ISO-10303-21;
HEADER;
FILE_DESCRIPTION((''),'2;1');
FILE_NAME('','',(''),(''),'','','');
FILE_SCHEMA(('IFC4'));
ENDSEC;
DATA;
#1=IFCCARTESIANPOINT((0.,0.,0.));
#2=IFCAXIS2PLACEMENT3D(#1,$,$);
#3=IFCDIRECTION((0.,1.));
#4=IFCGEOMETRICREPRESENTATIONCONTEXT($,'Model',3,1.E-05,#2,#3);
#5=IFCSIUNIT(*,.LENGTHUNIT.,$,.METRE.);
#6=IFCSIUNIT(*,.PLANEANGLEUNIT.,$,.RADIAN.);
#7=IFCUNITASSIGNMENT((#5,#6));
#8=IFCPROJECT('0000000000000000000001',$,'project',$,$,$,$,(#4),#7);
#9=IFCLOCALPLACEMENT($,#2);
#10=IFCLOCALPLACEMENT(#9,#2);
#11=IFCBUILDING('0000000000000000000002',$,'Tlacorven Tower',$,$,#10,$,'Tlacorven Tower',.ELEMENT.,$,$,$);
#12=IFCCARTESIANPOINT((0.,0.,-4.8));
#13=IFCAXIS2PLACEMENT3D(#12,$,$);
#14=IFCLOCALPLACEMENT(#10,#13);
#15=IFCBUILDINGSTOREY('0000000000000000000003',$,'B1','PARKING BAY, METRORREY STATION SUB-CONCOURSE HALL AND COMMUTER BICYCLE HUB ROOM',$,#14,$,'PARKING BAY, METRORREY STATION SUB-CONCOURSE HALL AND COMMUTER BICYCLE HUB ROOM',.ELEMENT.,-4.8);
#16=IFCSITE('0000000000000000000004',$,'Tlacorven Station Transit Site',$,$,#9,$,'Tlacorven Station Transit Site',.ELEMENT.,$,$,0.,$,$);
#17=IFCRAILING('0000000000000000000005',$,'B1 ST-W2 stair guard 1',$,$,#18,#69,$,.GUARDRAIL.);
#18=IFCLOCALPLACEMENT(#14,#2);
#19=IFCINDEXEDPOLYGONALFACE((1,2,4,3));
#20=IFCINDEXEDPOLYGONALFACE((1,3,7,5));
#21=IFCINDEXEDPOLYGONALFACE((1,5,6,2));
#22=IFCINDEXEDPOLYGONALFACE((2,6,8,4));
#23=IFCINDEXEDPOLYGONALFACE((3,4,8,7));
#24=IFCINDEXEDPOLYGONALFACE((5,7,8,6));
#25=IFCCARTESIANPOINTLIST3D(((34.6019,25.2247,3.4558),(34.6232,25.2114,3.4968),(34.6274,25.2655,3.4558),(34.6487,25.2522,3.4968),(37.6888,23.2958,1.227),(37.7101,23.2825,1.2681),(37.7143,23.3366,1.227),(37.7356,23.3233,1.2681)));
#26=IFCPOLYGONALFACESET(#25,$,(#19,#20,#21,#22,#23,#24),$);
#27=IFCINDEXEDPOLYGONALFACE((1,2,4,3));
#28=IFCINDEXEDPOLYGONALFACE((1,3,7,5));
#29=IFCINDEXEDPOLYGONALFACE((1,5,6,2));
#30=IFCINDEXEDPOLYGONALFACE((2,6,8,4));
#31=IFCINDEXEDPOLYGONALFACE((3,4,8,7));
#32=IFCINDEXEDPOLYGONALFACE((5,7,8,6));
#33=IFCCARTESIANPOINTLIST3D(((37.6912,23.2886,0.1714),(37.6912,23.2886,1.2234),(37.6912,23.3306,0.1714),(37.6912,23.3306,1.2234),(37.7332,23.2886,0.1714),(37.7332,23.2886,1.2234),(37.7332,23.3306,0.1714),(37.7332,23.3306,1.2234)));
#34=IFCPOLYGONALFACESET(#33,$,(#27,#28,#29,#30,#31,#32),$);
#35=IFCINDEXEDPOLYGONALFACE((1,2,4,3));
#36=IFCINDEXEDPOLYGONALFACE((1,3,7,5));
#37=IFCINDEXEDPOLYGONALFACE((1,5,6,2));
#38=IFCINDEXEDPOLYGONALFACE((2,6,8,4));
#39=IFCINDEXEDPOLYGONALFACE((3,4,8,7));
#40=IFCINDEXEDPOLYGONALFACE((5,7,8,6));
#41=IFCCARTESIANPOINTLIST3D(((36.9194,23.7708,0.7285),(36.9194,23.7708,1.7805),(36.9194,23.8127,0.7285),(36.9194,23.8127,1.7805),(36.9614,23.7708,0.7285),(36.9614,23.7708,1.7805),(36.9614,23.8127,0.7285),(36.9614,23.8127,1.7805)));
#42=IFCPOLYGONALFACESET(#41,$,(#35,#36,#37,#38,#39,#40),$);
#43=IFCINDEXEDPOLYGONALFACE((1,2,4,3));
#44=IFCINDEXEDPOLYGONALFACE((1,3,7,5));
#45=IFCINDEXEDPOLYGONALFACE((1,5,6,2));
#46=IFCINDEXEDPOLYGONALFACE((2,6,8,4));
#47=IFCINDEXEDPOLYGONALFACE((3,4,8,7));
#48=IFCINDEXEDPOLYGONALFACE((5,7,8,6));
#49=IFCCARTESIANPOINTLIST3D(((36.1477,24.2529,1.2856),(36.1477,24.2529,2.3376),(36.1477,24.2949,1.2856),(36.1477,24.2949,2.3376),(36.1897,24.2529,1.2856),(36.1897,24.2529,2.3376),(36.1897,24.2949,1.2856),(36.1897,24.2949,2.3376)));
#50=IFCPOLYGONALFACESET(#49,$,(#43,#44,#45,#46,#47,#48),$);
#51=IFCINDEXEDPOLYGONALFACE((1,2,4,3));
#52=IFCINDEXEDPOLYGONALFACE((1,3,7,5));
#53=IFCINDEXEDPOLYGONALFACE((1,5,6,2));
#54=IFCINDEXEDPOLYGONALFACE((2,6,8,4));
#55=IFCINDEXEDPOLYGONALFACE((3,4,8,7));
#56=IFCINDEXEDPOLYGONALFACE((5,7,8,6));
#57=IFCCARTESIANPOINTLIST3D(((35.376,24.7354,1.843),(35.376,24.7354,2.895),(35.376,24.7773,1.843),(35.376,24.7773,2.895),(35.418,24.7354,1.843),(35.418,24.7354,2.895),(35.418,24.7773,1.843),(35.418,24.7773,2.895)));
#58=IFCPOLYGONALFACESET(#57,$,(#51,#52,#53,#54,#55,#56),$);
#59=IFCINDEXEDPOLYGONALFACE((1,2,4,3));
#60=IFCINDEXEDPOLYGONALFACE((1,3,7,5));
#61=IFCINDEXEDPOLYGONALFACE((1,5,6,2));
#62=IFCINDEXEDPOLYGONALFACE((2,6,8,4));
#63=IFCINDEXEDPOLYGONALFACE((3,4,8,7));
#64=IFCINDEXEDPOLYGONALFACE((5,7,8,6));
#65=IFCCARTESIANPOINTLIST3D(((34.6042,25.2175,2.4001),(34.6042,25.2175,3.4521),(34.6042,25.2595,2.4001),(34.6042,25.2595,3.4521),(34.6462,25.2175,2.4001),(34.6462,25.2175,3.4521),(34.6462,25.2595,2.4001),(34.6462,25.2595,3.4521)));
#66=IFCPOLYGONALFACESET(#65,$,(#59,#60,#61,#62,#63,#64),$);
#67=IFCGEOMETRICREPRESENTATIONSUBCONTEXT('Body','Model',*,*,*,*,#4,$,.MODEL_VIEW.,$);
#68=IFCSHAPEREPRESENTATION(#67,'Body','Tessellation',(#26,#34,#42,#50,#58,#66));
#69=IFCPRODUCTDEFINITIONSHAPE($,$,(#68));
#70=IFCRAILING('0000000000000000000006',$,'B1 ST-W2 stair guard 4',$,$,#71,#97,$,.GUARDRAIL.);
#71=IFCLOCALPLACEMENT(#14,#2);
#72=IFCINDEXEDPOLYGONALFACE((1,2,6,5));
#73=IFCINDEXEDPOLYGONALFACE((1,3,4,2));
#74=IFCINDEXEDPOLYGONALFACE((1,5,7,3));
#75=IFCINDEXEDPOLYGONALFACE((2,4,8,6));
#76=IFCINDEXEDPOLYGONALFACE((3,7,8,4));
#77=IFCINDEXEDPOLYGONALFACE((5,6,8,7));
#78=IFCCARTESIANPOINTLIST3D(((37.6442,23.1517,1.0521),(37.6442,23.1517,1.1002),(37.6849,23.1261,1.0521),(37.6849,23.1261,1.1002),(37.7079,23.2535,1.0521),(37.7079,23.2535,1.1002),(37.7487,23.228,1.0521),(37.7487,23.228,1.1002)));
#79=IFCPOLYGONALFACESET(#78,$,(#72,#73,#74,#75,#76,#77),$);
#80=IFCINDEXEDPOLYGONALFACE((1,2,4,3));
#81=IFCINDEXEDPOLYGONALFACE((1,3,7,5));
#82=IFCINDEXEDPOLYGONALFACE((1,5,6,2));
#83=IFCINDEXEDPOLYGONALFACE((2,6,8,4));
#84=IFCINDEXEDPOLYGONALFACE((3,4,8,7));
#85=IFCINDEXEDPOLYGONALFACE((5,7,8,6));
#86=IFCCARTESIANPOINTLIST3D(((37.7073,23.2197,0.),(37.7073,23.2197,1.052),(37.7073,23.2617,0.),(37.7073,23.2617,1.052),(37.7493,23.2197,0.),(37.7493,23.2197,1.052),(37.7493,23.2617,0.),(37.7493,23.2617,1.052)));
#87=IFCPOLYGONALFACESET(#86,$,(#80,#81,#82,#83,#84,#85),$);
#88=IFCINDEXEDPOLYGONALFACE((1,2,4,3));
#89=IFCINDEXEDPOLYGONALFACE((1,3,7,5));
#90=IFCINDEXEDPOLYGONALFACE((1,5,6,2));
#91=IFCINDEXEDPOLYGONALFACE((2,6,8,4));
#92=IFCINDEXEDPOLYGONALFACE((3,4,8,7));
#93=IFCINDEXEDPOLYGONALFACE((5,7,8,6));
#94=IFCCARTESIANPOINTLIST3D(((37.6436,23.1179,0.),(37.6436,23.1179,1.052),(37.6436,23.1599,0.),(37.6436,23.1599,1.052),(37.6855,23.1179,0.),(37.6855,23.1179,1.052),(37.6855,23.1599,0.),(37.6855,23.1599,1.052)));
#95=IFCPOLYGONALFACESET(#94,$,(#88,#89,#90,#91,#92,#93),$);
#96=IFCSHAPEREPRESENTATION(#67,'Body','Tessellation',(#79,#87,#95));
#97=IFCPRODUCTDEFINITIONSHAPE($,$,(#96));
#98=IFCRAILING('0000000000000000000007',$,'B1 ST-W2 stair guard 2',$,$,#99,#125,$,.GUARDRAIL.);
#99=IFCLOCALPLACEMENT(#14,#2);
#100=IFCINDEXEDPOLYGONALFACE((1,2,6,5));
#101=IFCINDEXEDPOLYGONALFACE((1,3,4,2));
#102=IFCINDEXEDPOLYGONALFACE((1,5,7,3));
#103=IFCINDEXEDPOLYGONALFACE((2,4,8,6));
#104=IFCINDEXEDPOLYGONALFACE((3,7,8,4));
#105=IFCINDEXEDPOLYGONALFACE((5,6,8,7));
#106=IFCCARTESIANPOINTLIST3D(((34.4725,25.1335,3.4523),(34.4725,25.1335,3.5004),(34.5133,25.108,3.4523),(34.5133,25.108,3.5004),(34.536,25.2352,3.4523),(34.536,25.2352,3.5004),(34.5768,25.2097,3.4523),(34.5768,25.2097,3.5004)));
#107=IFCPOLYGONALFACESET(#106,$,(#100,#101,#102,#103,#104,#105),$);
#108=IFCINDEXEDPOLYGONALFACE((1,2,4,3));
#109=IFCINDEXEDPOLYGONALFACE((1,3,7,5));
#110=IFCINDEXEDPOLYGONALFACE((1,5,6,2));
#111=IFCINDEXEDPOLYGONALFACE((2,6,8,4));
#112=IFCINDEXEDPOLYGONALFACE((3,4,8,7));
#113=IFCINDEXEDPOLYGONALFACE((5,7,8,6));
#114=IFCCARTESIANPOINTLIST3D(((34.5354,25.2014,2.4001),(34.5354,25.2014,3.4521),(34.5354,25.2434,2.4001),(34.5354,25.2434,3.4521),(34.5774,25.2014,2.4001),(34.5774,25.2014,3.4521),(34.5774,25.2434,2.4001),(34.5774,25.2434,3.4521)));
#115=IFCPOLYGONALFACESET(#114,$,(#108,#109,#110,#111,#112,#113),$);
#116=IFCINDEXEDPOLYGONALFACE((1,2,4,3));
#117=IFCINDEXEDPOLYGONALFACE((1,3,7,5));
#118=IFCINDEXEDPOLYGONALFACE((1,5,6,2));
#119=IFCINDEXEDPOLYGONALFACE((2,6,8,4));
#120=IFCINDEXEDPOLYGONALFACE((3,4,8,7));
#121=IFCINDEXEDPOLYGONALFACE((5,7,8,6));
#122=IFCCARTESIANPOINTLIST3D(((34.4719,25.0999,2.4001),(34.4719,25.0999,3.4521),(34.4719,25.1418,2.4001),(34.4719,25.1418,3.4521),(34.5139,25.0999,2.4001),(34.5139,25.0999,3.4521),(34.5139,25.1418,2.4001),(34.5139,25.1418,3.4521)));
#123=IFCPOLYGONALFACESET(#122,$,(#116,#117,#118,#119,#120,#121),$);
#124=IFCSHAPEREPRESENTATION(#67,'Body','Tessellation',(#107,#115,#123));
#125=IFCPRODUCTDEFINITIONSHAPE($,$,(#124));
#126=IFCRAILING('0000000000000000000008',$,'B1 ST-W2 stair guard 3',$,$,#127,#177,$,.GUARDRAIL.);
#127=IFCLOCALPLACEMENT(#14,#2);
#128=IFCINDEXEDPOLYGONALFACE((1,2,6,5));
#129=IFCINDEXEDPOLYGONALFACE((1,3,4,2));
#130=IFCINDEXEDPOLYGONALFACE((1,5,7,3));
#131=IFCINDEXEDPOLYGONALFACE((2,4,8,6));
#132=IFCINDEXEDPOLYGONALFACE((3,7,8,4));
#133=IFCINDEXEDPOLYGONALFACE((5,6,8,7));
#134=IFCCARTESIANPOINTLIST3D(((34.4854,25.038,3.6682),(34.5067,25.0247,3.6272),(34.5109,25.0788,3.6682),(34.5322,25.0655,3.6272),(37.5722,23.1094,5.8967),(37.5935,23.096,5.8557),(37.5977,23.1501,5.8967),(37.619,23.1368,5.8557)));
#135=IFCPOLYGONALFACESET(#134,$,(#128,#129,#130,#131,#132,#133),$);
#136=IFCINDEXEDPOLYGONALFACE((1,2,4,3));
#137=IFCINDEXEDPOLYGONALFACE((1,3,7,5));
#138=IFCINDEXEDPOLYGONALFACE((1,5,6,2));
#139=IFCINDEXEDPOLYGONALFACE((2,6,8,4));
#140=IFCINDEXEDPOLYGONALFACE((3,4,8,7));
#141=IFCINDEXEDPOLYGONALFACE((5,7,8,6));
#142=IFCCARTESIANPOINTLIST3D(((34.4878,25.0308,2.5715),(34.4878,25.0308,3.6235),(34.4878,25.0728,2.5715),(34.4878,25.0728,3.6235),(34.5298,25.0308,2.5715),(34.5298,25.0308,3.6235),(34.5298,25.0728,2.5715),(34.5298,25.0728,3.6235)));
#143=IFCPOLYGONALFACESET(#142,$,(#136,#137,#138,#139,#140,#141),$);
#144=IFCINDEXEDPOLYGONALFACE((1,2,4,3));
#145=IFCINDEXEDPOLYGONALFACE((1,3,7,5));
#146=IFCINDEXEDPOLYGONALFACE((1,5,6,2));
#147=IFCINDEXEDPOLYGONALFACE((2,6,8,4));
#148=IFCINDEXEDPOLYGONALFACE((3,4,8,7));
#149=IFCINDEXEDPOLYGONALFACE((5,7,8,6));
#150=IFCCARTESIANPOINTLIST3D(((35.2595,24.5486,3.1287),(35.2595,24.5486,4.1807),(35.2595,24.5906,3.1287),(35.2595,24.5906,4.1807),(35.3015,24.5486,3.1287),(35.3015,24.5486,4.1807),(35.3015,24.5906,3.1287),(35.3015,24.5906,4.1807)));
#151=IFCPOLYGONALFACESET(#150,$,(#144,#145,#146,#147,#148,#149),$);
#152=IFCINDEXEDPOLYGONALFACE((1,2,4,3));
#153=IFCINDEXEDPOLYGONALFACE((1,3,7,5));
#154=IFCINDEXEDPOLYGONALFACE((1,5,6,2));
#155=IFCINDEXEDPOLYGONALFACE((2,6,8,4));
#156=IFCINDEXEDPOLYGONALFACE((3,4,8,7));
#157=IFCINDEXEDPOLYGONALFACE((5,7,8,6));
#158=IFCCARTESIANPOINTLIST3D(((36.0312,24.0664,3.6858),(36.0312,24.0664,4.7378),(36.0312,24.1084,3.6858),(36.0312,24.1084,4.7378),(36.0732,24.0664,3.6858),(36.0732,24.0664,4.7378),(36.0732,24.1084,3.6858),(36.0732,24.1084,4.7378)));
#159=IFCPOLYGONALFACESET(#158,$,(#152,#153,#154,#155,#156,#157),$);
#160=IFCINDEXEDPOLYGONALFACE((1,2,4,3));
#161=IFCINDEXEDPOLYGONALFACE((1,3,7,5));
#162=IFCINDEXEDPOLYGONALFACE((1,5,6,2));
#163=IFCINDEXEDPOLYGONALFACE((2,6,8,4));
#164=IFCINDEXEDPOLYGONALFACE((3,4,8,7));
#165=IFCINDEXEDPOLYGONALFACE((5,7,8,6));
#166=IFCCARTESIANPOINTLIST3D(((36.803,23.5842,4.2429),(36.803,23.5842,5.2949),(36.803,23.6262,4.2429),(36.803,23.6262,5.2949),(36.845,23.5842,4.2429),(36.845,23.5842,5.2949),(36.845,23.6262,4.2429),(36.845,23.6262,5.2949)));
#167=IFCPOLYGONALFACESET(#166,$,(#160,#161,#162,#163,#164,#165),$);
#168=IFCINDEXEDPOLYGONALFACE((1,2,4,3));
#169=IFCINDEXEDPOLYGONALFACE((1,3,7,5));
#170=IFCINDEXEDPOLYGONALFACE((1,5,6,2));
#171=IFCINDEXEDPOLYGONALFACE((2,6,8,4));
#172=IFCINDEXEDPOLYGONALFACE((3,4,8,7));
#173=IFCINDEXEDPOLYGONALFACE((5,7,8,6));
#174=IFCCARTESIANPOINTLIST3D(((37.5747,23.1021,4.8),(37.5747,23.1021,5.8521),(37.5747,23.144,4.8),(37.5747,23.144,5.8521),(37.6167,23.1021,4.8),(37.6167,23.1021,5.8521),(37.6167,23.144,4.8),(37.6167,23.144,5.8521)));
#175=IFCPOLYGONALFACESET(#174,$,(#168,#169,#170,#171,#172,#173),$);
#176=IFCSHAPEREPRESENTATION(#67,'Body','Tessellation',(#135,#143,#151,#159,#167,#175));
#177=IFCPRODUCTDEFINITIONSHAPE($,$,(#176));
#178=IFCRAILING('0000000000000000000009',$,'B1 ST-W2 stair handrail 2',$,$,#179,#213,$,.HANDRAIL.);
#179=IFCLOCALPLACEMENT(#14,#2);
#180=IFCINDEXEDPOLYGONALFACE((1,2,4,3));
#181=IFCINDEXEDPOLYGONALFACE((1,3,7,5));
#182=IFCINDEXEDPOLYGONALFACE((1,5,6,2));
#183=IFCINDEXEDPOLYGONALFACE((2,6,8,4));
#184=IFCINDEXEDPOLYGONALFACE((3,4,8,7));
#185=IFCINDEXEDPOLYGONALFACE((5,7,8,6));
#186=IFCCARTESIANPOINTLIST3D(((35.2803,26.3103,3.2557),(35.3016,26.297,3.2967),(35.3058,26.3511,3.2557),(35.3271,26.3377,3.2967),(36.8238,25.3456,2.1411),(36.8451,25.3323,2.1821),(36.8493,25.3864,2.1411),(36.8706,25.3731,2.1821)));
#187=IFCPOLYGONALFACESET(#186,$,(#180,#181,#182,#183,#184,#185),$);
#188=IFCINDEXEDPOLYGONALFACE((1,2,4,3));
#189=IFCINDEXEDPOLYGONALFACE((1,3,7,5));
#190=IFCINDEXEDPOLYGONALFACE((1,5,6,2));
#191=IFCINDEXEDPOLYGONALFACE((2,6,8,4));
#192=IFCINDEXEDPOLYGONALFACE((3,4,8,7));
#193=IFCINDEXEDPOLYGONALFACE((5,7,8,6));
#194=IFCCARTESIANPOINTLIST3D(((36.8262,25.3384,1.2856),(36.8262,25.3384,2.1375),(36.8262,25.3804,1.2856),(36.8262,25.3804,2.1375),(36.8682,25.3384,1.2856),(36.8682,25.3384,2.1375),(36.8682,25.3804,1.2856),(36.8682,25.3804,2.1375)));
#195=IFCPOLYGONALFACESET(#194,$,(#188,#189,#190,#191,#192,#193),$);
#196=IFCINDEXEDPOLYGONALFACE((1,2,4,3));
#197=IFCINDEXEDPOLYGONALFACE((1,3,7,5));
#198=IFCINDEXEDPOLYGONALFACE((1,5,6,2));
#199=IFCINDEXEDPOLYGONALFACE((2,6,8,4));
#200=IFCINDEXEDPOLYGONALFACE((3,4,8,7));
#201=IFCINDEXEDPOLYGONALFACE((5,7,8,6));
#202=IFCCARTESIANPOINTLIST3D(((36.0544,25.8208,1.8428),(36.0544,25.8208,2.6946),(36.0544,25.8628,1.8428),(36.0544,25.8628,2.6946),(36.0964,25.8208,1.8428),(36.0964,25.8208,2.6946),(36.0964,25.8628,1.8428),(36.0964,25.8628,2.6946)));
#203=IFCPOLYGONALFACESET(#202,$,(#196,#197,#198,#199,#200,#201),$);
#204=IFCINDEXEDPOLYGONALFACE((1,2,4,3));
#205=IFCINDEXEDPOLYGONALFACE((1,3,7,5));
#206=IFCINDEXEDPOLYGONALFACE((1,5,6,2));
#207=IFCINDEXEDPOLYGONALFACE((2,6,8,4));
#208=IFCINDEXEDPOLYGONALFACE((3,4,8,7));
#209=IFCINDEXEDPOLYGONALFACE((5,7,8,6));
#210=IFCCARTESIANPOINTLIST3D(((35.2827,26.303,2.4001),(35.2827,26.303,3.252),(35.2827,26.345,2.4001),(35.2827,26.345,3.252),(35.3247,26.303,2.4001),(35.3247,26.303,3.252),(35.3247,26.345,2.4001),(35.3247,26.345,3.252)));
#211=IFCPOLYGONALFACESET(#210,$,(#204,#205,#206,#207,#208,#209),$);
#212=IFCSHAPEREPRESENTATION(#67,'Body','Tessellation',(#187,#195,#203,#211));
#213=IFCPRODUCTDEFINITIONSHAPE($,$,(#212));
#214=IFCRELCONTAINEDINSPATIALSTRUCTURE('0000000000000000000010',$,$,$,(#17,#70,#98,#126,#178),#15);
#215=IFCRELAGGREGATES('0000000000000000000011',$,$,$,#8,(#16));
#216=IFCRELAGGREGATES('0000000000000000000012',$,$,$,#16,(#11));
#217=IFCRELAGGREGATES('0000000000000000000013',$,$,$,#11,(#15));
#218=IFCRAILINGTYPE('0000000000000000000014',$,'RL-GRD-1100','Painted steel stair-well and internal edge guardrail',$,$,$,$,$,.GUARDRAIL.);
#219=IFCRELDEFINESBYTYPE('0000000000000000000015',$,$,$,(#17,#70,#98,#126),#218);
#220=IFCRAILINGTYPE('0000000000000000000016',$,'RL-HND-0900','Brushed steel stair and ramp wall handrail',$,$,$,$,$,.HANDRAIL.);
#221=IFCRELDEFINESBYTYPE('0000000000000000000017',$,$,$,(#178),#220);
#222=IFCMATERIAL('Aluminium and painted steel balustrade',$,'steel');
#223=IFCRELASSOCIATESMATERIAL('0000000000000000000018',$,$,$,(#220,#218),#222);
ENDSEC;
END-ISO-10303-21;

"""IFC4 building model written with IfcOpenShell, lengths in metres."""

from ifc_helpers import new_model, si_unit, direction, frame, origin, origin_2d, place, context, subcontext, project, spatial, rectangle, extrude, source, transform, mapped, material, type_object, element, save


model = new_model("IFC4")

# Units and contexts
model_context = context("Model", 3, precision=1e-05, world=origin(), true_north=direction((0.0, 1.0)))
body_context = subcontext(model_context, "Body", "Model", "MODEL_VIEW")
ifc_project = project(units=[si_unit("LENGTHUNIT", "METRE"), si_unit("PLANEANGLEUNIT", "RADIAN")], contexts=[model_context])

# Site, building, storey
site_placement = place(None, origin())
site = spatial("IfcSite", under=ifc_project, at=site_placement, Name="Tlacorven Station Transit Site", LongName="Tlacorven Station Transit Site", CompositionType="ELEMENT", RefElevation=0.0)
building_placement = place(site_placement, origin())
building = spatial("IfcBuilding", under=site, at=building_placement, Name="Tlacorven Tower", LongName="Tlacorven Tower", CompositionType="ELEMENT")
storey_placement = place(building_placement, frame((0.0, 0.0, -4.8)))
storey = spatial("IfcBuildingStorey", under=building, at=storey_placement, Name="B1", Description="PARKING BAY, METRORREY STATION SUB-CONCOURSE HALL AND COMMUTER BICYCLE HUB ROOM", LongName="PARKING BAY, METRORREY STATION SUB-CONCOURSE HALL AND COMMUTER BICYCLE HUB ROOM", CompositionType="ELEMENT", Elevation=-4.8)

# Railings
ifc_material_1 = material(Name="Aluminium and painted steel balustrade", Category="steel")
railing_type_1 = type_object("IfcRailingType", Name="RL-HND-0900", Description="Brushed steel stair and ramp wall handrail", PredefinedType="HANDRAIL", material=ifc_material_1)
railing_type_2 = type_object("IfcRailingType", Name="RL-GRD-1100", Description="Painted steel stair-well and internal edge guardrail", PredefinedType="GUARDRAIL", material=ifc_material_1)
shared_shape_1 = source(origin(), body_context, "Body", "SweptSolid", [
    extrude(rectangle(XDim=0.0481, YDim=0.0481, at=origin_2d()), frame((0.0, 0.0, 1.0762), z_axis=(-0.723241, 0.45194, 0.522182), x_axis=(-0.529927, -0.848044, 0.0)), (0.0, 0.0, 1.0), 4.2681),
    extrude(rectangle(XDim=0.042, YDim=0.042, at=origin_2d()), origin(), (0.0, 0.0, 1.0), 1.052),
    extrude(rectangle(XDim=0.042, YDim=0.042, at=origin_2d()), frame((-0.7717, 0.4822, 0.5571)), (0.0, 0.0, 1.0), 1.052),
    extrude(rectangle(XDim=0.042, YDim=0.042, at=origin_2d()), frame((-1.5435, 0.9644, 1.1143)), (0.0, 0.0, 1.0), 1.052),
    extrude(rectangle(XDim=0.042, YDim=0.042, at=origin_2d()), frame((-2.3152, 1.4468, 1.6716)), (0.0, 0.0, 1.0), 1.052),
    extrude(rectangle(XDim=0.042, YDim=0.042, at=origin_2d()), frame((-3.0869, 1.929, 2.2288)), (0.0, 0.0, 1.0), 1.052),
])
railing_1_placement = place(storey_placement, frame((37.7122, 23.3096, 0.1714)))
element("IfcRailing", 1, at=railing_1_placement, inside=storey, type_object=railing_type_2, Name="B1 ST-W2 stair guard 1", PredefinedType="GUARDRAIL", context=body_context, shape_type="MappedRepresentation", body=[
    mapped(shared_shape_1, transform((0.0, 0.0, 0.0), scale=1.0)),
])
shared_shape_2 = source(origin(), body_context, "Body", "SweptSolid", [
    extrude(rectangle(XDim=0.0481, YDim=0.0481, at=origin_2d()), frame((0.0, 0.0, 1.0762), z_axis=(-0.530547, -0.847656, 0.0), x_axis=(0.847656, -0.530547, 0.0)), (0.0, 0.0, 1.0), 0.1201),
    extrude(rectangle(XDim=0.042, YDim=0.042, at=origin_2d()), origin(), (0.0, 0.0, 1.0), 1.052),
    extrude(rectangle(XDim=0.042, YDim=0.042, at=origin_2d()), frame((-0.0637, -0.1018, 0.0)), (0.0, 0.0, 1.0), 1.052),
])
railing_2_placement = place(storey_placement, frame((37.7283, 23.2407, 0.0)))
element("IfcRailing", 2, at=railing_2_placement, inside=storey, type_object=railing_type_2, Name="B1 ST-W2 stair guard 4", PredefinedType="GUARDRAIL", context=body_context, shape_type="MappedRepresentation", body=[
    mapped(shared_shape_2, transform((0.0, 0.0, 0.0), scale=1.0)),
])
shared_shape_3 = source(origin(), body_context, "Body", "SweptSolid", [
    extrude(rectangle(XDim=0.0481, YDim=0.0481, at=origin_2d()), frame((0.0, 0.0, 1.0762), z_axis=(-0.529999, -0.847998, 0.0), x_axis=(0.847998, -0.529999, 0.0)), (0.0, 0.0, 1.0), 0.1199),
    extrude(rectangle(XDim=0.042, YDim=0.042, at=origin_2d()), origin(), (0.0, 0.0, 1.0), 1.052),
    extrude(rectangle(XDim=0.042, YDim=0.042, at=origin_2d()), frame((-0.0635, -0.1016, 0.0)), (0.0, 0.0, 1.0), 1.052),
])
railing_3_placement = place(storey_placement, frame((34.5564, 25.2224, 2.4001)))
element("IfcRailing", 3, at=railing_3_placement, inside=storey, type_object=railing_type_2, Name="B1 ST-W2 stair guard 2", PredefinedType="GUARDRAIL", context=body_context, shape_type="MappedRepresentation", body=[
    mapped(shared_shape_3, transform((0.0, 0.0, 0.0), scale=1.0)),
])
shared_shape_4 = source(origin(), body_context, "Body", "SweptSolid", [
    extrude(rectangle(XDim=0.0481, YDim=0.0481, at=origin_2d()), frame((0.0, 0.0, 1.0762), z_axis=(0.723281, -0.451908, 0.522153), x_axis=(0.529878, 0.848074, 0.0)), (0.0, 0.0, 1.0), 4.2678),
    extrude(rectangle(XDim=0.042, YDim=0.042, at=origin_2d()), origin(), (0.0, 0.0, 1.0), 1.052),
    extrude(rectangle(XDim=0.042, YDim=0.042, at=origin_2d()), frame((0.7717, -0.4822, 0.5571)), (0.0, 0.0, 1.0), 1.052),
    extrude(rectangle(XDim=0.042, YDim=0.042, at=origin_2d()), frame((1.5435, -0.9644, 1.1143)), (0.0, 0.0, 1.0), 1.052),
    extrude(rectangle(XDim=0.042, YDim=0.042, at=origin_2d()), frame((2.3152, -1.4465, 1.6714)), (0.0, 0.0, 1.0), 1.052),
    extrude(rectangle(XDim=0.042, YDim=0.042, at=origin_2d()), frame((3.0869, -1.9287, 2.2285)), (0.0, 0.0, 1.0), 1.052),
])
railing_4_placement = place(storey_placement, frame((34.5088, 25.0518, 2.5715)))
element("IfcRailing", 4, at=railing_4_placement, inside=storey, type_object=railing_type_2, Name="B1 ST-W2 stair guard 3", PredefinedType="GUARDRAIL", context=body_context, shape_type="MappedRepresentation", body=[
    mapped(shared_shape_4, transform((0.0, 0.0, 0.0), scale=1.0)),
])
shared_shape_5 = source(origin(), body_context, "Body", "SweptSolid", [
    extrude(rectangle(XDim=0.0481, YDim=0.0481, at=origin_2d()), frame((0.0, 0.0, 0.876), z_axis=(-0.7232, 0.451972, 0.52221), x_axis=(-0.529975, -0.848013, 0.0)), (0.0, 0.0, 1.0), 2.1343),
    extrude(rectangle(XDim=0.042, YDim=0.042, at=origin_2d()), origin(), (0.0, 0.0, 1.0), 0.8518),
    extrude(rectangle(XDim=0.042, YDim=0.042, at=origin_2d()), frame((-0.7717, 0.4824, 0.5571)), (0.0, 0.0, 1.0), 0.8518),
    extrude(rectangle(XDim=0.042, YDim=0.042, at=origin_2d()), frame((-1.5435, 0.9646, 1.1145)), (0.0, 0.0, 1.0), 0.8518),
])
railing_5_placement = place(storey_placement, frame((36.8472, 25.3594, 1.2856)))
element("IfcRailing", 5, at=railing_5_placement, inside=storey, type_object=railing_type_1, Name="B1 ST-W2 stair handrail 2", PredefinedType="HANDRAIL", context=body_context, shape_type="MappedRepresentation", body=[
    mapped(shared_shape_5, transform((0.0, 0.0, 0.0), scale=1.0)),
])

save(model, "model.ifc")
